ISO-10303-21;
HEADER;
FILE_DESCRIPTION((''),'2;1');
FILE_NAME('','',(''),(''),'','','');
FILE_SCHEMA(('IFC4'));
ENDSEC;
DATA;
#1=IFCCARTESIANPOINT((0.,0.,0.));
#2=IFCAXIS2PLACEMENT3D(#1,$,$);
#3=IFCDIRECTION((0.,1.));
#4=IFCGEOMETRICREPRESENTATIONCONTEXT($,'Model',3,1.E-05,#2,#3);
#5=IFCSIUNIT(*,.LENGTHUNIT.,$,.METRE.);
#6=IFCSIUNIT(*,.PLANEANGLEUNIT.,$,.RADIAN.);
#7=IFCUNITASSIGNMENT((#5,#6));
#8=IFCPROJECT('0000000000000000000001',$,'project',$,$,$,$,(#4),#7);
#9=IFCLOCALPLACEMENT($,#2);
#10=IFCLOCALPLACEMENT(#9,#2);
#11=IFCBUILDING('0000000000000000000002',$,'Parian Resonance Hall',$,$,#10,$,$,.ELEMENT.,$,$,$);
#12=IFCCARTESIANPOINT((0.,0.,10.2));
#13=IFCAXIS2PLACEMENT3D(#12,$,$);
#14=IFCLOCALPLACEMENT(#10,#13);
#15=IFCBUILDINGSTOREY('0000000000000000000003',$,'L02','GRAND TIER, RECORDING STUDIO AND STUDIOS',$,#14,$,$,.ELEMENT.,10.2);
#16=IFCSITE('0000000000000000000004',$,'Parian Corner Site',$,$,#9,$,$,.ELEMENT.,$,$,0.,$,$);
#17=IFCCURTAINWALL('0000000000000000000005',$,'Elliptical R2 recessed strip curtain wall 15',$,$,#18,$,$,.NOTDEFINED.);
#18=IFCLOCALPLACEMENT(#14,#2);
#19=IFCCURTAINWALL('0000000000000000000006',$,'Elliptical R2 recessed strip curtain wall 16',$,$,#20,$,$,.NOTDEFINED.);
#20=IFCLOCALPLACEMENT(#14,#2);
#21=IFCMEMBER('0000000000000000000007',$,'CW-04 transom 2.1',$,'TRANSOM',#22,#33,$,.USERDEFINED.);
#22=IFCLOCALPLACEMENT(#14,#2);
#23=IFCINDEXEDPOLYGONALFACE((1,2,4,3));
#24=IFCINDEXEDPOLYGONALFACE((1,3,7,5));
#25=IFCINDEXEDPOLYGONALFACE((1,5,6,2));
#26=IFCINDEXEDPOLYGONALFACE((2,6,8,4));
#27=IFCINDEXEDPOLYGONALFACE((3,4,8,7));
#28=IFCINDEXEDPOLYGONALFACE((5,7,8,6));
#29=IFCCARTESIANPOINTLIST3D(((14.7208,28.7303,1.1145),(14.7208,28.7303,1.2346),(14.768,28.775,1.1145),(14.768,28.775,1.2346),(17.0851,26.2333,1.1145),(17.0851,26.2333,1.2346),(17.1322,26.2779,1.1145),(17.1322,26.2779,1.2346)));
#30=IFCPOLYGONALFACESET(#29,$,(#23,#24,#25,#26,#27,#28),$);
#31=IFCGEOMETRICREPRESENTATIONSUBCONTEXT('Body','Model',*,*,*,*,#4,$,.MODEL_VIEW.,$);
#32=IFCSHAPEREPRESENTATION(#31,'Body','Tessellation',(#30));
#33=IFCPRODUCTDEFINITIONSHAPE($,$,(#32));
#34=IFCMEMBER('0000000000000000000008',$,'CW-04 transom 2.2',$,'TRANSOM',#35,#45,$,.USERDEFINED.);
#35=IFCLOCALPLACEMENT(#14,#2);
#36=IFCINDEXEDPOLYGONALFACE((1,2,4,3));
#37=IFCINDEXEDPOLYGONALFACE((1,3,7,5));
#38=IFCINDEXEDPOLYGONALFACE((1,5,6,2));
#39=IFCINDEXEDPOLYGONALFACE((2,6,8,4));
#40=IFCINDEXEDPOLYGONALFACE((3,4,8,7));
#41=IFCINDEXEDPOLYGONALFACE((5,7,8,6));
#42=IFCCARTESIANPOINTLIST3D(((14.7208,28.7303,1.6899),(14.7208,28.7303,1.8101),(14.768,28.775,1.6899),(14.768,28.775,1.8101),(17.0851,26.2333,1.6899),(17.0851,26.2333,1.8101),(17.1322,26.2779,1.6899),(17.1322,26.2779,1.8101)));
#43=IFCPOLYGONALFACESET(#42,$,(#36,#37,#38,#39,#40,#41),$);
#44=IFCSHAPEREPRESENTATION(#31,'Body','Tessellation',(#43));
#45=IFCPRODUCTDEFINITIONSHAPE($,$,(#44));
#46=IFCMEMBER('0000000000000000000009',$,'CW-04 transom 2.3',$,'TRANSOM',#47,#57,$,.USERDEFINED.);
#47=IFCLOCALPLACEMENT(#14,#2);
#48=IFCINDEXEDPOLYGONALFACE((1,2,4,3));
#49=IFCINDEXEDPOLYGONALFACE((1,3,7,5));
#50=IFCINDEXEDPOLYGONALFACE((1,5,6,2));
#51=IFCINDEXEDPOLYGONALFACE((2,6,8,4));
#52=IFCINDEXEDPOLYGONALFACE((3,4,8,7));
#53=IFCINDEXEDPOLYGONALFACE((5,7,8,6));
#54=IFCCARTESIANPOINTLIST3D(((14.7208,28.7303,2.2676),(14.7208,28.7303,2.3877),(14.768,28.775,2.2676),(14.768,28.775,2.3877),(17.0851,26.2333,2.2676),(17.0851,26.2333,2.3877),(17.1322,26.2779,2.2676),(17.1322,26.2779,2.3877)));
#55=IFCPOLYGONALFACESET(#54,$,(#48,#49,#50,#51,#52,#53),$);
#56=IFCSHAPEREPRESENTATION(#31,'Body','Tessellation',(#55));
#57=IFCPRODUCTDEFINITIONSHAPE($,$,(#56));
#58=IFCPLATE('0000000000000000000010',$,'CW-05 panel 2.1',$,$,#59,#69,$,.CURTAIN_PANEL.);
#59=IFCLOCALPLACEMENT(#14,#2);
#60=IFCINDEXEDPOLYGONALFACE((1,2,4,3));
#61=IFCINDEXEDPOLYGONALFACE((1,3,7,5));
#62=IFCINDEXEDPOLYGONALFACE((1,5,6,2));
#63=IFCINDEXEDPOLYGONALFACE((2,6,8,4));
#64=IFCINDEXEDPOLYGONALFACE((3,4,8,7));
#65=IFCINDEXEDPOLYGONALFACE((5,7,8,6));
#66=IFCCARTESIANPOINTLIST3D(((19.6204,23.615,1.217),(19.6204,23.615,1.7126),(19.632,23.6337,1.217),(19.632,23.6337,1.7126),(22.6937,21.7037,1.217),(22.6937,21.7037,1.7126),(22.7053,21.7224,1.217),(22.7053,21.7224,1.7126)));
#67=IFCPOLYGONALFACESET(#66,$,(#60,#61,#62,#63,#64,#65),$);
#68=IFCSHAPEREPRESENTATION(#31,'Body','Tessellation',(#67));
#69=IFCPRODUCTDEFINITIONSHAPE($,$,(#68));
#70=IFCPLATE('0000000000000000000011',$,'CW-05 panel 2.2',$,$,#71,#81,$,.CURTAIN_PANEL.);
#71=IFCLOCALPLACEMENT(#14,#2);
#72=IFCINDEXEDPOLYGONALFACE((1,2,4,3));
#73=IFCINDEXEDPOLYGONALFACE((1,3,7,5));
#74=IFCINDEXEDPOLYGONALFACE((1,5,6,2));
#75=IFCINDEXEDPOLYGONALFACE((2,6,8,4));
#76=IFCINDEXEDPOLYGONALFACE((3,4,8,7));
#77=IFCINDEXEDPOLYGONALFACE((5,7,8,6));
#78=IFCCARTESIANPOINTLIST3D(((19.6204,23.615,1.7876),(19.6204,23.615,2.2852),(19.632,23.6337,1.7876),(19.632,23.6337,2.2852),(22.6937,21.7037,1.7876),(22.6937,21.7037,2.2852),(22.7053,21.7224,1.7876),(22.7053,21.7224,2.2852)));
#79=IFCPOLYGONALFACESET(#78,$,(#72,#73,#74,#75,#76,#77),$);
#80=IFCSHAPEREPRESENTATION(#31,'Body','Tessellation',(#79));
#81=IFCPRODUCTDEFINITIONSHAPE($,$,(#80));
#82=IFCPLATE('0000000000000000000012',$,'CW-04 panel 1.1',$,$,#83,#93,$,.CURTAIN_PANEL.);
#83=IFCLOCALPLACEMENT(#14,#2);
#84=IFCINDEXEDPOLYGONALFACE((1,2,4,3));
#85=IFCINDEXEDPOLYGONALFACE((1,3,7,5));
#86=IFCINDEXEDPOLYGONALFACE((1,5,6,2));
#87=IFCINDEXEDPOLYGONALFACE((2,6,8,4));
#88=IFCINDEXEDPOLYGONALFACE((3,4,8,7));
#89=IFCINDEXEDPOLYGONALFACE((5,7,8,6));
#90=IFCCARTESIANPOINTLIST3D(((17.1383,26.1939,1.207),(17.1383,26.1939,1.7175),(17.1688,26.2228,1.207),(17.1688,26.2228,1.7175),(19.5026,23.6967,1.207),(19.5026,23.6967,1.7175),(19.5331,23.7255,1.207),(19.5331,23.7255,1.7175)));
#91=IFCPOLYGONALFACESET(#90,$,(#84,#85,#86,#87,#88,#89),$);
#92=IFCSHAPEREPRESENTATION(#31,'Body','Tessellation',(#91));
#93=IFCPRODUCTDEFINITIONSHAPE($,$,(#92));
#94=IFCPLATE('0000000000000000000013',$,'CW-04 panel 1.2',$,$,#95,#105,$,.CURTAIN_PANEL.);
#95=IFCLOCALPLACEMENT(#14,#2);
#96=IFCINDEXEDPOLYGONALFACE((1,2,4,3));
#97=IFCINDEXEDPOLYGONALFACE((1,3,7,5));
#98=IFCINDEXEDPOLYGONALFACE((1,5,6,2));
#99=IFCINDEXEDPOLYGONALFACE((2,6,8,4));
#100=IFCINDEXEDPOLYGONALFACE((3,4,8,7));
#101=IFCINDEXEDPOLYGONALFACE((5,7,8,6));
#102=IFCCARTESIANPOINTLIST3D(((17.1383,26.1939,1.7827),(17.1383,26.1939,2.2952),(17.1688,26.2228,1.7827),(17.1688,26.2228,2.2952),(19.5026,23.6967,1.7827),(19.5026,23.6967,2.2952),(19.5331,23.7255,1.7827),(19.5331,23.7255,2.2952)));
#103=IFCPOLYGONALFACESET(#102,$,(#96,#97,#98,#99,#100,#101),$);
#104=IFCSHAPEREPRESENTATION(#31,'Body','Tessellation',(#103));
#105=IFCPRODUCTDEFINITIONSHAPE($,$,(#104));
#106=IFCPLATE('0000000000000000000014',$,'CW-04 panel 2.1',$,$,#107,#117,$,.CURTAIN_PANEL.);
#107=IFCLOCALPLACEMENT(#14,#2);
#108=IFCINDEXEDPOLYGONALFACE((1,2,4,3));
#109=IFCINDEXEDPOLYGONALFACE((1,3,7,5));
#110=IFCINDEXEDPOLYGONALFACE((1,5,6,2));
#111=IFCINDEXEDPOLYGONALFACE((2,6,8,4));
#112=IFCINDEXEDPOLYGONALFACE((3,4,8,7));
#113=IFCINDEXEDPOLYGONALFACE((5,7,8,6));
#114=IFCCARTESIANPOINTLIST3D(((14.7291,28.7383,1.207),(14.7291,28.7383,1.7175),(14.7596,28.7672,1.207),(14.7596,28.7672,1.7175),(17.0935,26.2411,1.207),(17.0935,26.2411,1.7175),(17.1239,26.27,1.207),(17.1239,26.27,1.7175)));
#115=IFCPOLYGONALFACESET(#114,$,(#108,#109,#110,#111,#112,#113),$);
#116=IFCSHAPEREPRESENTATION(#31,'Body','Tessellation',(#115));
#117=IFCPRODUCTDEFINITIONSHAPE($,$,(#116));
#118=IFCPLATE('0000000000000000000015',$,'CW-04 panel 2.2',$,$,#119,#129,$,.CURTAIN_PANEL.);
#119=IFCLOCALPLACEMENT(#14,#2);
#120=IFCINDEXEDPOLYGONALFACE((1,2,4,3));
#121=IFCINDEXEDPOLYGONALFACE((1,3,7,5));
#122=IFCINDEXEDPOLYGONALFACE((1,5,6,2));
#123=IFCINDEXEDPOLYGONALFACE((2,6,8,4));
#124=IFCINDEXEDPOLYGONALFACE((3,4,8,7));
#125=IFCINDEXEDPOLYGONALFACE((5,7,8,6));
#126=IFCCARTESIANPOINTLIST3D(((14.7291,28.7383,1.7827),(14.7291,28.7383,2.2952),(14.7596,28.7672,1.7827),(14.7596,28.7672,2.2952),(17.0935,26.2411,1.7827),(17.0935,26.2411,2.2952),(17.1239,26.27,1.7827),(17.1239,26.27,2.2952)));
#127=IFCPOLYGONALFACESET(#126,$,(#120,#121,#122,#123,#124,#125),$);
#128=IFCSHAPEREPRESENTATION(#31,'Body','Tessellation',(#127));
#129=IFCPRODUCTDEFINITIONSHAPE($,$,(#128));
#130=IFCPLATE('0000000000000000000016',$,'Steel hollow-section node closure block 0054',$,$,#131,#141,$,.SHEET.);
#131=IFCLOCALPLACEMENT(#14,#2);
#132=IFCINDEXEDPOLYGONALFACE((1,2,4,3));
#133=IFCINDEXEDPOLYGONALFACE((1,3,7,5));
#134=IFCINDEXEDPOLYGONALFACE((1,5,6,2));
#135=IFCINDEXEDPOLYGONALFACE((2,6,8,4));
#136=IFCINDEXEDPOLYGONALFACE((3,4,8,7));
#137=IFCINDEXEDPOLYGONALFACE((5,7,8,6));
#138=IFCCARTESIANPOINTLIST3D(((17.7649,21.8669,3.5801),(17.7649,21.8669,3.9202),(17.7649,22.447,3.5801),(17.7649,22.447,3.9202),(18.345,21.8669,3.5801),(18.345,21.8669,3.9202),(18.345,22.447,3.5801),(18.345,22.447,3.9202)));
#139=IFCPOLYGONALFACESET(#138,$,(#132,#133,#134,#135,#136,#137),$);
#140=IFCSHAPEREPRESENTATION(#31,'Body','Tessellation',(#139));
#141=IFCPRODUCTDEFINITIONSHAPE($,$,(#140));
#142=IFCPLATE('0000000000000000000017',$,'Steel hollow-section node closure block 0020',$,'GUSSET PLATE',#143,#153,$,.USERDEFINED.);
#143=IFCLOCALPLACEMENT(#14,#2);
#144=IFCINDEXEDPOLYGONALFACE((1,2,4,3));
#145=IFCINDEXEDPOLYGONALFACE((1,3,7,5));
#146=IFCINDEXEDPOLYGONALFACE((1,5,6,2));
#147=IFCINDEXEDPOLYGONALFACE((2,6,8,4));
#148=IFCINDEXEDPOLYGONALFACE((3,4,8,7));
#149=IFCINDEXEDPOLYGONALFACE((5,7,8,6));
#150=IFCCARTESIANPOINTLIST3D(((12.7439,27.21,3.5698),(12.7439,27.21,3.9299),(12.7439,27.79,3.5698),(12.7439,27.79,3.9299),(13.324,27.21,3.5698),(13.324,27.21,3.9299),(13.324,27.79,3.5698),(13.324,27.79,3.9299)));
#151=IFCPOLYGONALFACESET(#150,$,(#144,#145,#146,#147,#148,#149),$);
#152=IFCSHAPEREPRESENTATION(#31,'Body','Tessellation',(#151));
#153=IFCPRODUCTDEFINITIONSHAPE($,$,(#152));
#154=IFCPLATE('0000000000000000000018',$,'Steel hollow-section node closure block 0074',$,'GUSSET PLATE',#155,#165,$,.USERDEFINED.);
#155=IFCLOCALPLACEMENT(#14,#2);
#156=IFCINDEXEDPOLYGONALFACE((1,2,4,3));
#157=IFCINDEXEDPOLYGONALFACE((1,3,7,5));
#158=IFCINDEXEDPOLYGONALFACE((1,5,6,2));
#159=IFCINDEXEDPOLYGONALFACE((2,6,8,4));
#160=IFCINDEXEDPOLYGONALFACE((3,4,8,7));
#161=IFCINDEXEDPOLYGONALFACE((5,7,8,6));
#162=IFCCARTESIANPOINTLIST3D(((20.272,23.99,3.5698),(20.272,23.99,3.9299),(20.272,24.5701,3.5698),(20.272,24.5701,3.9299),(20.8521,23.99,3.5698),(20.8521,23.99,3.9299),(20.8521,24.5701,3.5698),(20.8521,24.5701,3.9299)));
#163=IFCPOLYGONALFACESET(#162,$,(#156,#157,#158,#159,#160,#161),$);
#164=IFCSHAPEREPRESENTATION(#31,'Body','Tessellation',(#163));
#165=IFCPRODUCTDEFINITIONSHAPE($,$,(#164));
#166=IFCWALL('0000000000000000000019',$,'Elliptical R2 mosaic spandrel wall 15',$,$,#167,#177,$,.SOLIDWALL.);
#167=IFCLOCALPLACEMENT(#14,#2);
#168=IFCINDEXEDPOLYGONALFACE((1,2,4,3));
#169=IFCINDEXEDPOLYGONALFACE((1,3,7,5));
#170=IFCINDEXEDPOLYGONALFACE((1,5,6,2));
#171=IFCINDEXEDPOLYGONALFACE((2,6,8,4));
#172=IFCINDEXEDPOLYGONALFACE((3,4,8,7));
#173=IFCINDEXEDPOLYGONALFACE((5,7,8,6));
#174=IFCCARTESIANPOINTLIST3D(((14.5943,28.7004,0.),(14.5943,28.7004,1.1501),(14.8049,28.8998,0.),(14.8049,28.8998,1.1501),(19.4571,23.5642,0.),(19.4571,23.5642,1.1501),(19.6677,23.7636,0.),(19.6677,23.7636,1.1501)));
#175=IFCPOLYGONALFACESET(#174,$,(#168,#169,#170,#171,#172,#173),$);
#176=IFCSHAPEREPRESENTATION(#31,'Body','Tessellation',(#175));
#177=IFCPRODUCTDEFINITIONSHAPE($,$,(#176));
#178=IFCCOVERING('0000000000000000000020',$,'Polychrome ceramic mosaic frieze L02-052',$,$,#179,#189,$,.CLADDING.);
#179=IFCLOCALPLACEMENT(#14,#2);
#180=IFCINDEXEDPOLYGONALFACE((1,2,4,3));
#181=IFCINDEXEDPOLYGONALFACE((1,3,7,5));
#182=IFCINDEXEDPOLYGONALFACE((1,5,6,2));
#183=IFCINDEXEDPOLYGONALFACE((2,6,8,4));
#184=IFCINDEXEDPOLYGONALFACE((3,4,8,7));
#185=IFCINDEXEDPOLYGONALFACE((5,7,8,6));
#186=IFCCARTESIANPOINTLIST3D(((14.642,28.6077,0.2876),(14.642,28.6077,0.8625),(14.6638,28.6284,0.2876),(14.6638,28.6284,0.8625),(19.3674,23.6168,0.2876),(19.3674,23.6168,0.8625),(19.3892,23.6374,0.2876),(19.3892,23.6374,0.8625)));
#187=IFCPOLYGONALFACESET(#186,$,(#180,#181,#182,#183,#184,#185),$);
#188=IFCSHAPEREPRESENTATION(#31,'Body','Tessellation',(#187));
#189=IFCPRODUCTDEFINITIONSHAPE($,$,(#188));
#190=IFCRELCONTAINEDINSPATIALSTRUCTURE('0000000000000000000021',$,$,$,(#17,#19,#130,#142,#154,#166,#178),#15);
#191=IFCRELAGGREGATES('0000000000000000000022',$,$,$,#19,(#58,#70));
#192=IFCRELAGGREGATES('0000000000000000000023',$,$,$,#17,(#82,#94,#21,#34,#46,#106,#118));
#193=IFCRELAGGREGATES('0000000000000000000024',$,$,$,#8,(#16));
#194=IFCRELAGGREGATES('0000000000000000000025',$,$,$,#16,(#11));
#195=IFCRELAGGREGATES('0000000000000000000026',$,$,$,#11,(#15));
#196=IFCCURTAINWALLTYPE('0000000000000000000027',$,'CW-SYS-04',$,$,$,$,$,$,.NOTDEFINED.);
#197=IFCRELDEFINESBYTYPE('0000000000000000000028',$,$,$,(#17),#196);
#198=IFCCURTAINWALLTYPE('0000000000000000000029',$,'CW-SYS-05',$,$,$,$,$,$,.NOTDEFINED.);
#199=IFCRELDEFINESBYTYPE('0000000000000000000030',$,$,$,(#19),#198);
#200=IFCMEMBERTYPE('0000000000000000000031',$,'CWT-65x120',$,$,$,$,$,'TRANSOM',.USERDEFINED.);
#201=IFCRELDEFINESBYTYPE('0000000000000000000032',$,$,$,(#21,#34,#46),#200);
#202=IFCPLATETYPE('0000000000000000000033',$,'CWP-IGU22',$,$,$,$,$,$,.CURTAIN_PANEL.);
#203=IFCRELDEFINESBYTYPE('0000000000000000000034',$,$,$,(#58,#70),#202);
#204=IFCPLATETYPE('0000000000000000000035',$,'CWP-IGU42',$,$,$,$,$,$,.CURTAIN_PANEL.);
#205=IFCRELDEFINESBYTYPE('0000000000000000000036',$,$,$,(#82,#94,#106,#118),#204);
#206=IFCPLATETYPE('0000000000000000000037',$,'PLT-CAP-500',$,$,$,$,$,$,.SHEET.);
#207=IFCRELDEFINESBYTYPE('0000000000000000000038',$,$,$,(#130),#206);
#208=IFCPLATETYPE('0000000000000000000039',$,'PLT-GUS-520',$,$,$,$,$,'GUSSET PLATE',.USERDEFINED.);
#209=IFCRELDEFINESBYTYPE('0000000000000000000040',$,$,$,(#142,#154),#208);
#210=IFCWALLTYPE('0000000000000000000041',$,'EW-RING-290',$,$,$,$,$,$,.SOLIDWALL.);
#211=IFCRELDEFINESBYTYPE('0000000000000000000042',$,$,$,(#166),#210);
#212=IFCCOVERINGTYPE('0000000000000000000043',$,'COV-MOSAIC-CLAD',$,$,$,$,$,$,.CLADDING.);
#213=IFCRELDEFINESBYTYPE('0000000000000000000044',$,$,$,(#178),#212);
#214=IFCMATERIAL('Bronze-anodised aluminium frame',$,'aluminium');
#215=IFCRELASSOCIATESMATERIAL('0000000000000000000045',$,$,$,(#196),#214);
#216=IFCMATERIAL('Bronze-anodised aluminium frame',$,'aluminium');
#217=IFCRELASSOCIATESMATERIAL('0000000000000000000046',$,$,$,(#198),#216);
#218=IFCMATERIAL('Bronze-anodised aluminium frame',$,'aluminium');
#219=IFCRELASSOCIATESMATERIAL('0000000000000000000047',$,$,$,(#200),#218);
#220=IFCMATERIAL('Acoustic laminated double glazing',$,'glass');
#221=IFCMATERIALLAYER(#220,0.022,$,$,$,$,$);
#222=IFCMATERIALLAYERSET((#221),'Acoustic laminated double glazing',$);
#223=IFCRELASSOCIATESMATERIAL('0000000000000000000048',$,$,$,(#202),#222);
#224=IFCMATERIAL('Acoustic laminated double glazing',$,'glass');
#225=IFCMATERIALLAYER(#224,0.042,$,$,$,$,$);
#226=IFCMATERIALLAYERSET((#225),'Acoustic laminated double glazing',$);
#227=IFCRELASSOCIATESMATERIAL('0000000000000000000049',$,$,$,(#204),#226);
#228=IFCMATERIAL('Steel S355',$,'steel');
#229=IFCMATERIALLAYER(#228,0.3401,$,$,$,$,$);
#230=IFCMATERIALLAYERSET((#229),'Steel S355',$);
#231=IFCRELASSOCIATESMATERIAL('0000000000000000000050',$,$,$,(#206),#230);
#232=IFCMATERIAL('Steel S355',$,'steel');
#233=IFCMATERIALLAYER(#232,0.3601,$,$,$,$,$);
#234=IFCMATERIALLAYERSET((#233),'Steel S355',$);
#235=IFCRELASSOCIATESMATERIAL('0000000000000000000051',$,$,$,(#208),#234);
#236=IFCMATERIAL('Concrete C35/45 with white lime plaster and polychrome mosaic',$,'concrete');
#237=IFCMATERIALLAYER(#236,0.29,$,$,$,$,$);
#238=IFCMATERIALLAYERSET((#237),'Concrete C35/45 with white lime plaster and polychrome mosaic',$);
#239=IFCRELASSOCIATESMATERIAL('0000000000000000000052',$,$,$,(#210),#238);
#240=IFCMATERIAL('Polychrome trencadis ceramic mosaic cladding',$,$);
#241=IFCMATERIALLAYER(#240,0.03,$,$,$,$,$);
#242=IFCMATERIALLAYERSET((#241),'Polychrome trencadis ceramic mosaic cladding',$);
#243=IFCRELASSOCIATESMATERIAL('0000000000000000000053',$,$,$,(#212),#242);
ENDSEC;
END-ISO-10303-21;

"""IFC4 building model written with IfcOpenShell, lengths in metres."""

from ifc_helpers import new_model, si_unit, direction, frame, frame_2d, origin, origin_2d, place, context, subcontext, project, spatial, rectangle, extrude, material, layer, layer_set, material_profile, profile_set, type_object, element, aggregate, save


model = new_model("IFC4")

# Units and contexts
model_context = context("Model", 3, precision=1e-05, world=origin(), true_north=direction((0.0, 1.0)))
body_context = subcontext(model_context, "Body", "Model", "MODEL_VIEW")
ifc_project = project(units=[si_unit("LENGTHUNIT", "METRE"), si_unit("PLANEANGLEUNIT", "RADIAN")], contexts=[model_context])

# Site, building, storey
site_placement = place(None, origin())
site = spatial("IfcSite", under=ifc_project, at=site_placement, Name="Parian Corner Site", CompositionType="ELEMENT", RefElevation=0.0)
building_placement = place(site_placement, origin())
building = spatial("IfcBuilding", under=site, at=building_placement, Name="Parian Resonance Hall", CompositionType="ELEMENT")
storey_placement = place(building_placement, frame((0.0, 0.0, 10.2)))
storey = spatial("IfcBuildingStorey", under=building, at=storey_placement, Name="L02", Description="GRAND TIER, RECORDING STUDIO AND STUDIOS", CompositionType="ELEMENT", Elevation=10.2)

# Curtain wall
ifc_material_1 = material(Name="Bronze-anodised aluminium frame", Category="aluminium")
curtain_wall_type_1 = type_object("IfcCurtainWallType", Name="CW-SYS-04", PredefinedType="NOTDEFINED", material=ifc_material_1)
curtain_wall_1_placement = place(storey_placement, origin())
curtain_wall_1 = element("IfcCurtainWall", 1, at=curtain_wall_1_placement, inside=storey, type_object=curtain_wall_type_1, Name="Elliptical R2 recessed strip curtain wall 15", PredefinedType="NOTDEFINED")

# Curtain wall
ifc_material_2 = material(Name="Bronze-anodised aluminium frame", Category="aluminium")
curtain_wall_type_2 = type_object("IfcCurtainWallType", Name="CW-SYS-05", PredefinedType="NOTDEFINED", material=ifc_material_2)
curtain_wall_2_placement = place(storey_placement, origin())
curtain_wall_2 = element("IfcCurtainWall", 2, at=curtain_wall_2_placement, inside=storey, type_object=curtain_wall_type_2, Name="Elliptical R2 recessed strip curtain wall 16", PredefinedType="NOTDEFINED")

# Members
ifc_material_3 = material(Name="Bronze-anodised aluminium frame", Category="aluminium")
ifc_material_profile_1 = material_profile(ifc_material_3, rectangle(XDim=0.0649, YDim=0.1201, at=origin_2d()), Name="CWT-65x120")
ifc_profile_set_1 = profile_set([ifc_material_profile_1], Name="Bronze-anodised aluminium frame")
member_type_1 = type_object("IfcMemberType", Name="CWT-65x120", ElementType="TRANSOM", PredefinedType="USERDEFINED", material=ifc_profile_set_1)
member_1_placement = place(storey_placement, frame((17.1086, 26.2556, 1.1746), z_axis=(-0.687532, 0.726154, 0.0), x_axis=(-0.726154, -0.687532, 0.0)))
member_1 = element("IfcMember", 3, at=member_1_placement, type_object=member_type_1, Name="CW-04 transom 2.1", ObjectType="TRANSOM", PredefinedType="USERDEFINED", context=body_context, shape_type="SweptSolid", body=[
    extrude(rectangle(XDim=0.0649, YDim=0.1201, at=origin_2d()), origin(), (0.0, 0.0, 1.0), 3.4387),
])
member_2_placement = place(storey_placement, frame((17.1086, 26.2556, 1.75), z_axis=(-0.687532, 0.726154, 0.0), x_axis=(-0.726154, -0.687532, 0.0)))
member_2 = element("IfcMember", 4, at=member_2_placement, type_object=member_type_1, Name="CW-04 transom 2.2", ObjectType="TRANSOM", PredefinedType="USERDEFINED", context=body_context, shape_type="SweptSolid", body=[
    extrude(rectangle(XDim=0.0649, YDim=0.1201, at=origin_2d()), origin(), (0.0, 0.0, 1.0), 3.4387),
])
member_3_placement = place(storey_placement, frame((17.1086, 26.2556, 2.3276), z_axis=(-0.687532, 0.726154, 0.0), x_axis=(-0.726154, -0.687532, 0.0)))
member_3 = element("IfcMember", 5, at=member_3_placement, type_object=member_type_1, Name="CW-04 transom 2.3", ObjectType="TRANSOM", PredefinedType="USERDEFINED", context=body_context, shape_type="SweptSolid", body=[
    extrude(rectangle(XDim=0.0649, YDim=0.1201, at=origin_2d()), origin(), (0.0, 0.0, 1.0), 3.4387),
])

# Plates
ifc_material_4 = material(Name="Acoustic laminated double glazing", Category="glass")
ifc_layer_1 = layer(ifc_material_4, 0.022)
ifc_layer_set_1 = layer_set([ifc_layer_1], Name="Acoustic laminated double glazing")
plate_type_1 = type_object("IfcPlateType", Name="CWP-IGU22", PredefinedType="CURTAIN_PANEL", material=ifc_layer_set_1)
plate_1_placement = place(storey_placement, frame((21.1628, 22.6687, 1.217), z_axis=(0.0, 0.0, 1.0), x_axis=(-0.849185, 0.528096, 0.0)))
plate_1 = element("IfcPlate", 6, at=plate_1_placement, type_object=plate_type_1, Name="CW-05 panel 2.1", PredefinedType="CURTAIN_PANEL", context=body_context, shape_type="SweptSolid", body=[
    extrude(rectangle(XDim=3.6191, YDim=0.022, at=origin_2d()), origin(), (0.0, 0.0, 1.0), 0.4956),
])
plate_2_placement = place(storey_placement, frame((21.1628, 22.6687, 1.7876), z_axis=(0.0, 0.0, 1.0), x_axis=(-0.849185, 0.528096, 0.0)))
plate_2 = element("IfcPlate", 7, at=plate_2_placement, type_object=plate_type_1, Name="CW-05 panel 2.2", PredefinedType="CURTAIN_PANEL", context=body_context, shape_type="SweptSolid", body=[
    extrude(rectangle(XDim=3.6191, YDim=0.022, at=origin_2d()), origin(), (0.0, 0.0, 1.0), 0.4976),
])
aggregate(curtain_wall_2, [plate_1, plate_2])
ifc_material_5 = material(Name="Acoustic laminated double glazing", Category="glass")
ifc_layer_2 = layer(ifc_material_5, 0.042)
ifc_layer_set_2 = layer_set([ifc_layer_2], Name="Acoustic laminated double glazing")
plate_type_2 = type_object("IfcPlateType", Name="CWP-IGU42", PredefinedType="CURTAIN_PANEL", material=ifc_layer_set_2)
plate_3_placement = place(storey_placement, frame((18.3357, 24.9597, 1.207), z_axis=(0.0, 0.0, 1.0), x_axis=(-0.687523, 0.726163, 0.0)))
plate_3 = element("IfcPlate", 8, at=plate_3_placement, type_object=plate_type_2, Name="CW-04 panel 1.1", PredefinedType="CURTAIN_PANEL", context=body_context, shape_type="SweptSolid", body=[
    extrude(rectangle(XDim=3.439, YDim=0.042, at=origin_2d()), origin(), (0.0, 0.0, 1.0), 0.5105),
])
plate_4_placement = place(storey_placement, frame((18.3357, 24.9597, 1.7827), z_axis=(0.0, 0.0, 1.0), x_axis=(-0.687523, 0.726163, 0.0)))
plate_4 = element("IfcPlate", 9, at=plate_4_placement, type_object=plate_type_2, Name="CW-04 panel 1.2", PredefinedType="CURTAIN_PANEL", context=body_context, shape_type="SweptSolid", body=[
    extrude(rectangle(XDim=3.439, YDim=0.042, at=origin_2d()), origin(), (0.0, 0.0, 1.0), 0.5125),
])
plate_5_placement = place(storey_placement, frame((15.9265, 27.5042, 1.207), z_axis=(0.0, 0.0, 1.0), x_axis=(-0.687523, 0.726163, 0.0)))
plate_5 = element("IfcPlate", 10, at=plate_5_placement, type_object=plate_type_2, Name="CW-04 panel 2.1", PredefinedType="CURTAIN_PANEL", context=body_context, shape_type="SweptSolid", body=[
    extrude(rectangle(XDim=3.439, YDim=0.042, at=origin_2d()), origin(), (0.0, 0.0, 1.0), 0.5105),
])
plate_6_placement = place(storey_placement, frame((15.9265, 27.5042, 1.7827), z_axis=(0.0, 0.0, 1.0), x_axis=(-0.687523, 0.726163, 0.0)))
plate_6 = element("IfcPlate", 11, at=plate_6_placement, type_object=plate_type_2, Name="CW-04 panel 2.2", PredefinedType="CURTAIN_PANEL", context=body_context, shape_type="SweptSolid", body=[
    extrude(rectangle(XDim=3.439, YDim=0.042, at=origin_2d()), origin(), (0.0, 0.0, 1.0), 0.5125),
])
aggregate(curtain_wall_1, [plate_3, plate_4, member_1, member_2, member_3, plate_5, plate_6])

# Plates
ifc_material_6 = material(Name="Steel S355", Category="steel")
ifc_layer_3 = layer(ifc_material_6, 0.3401)
ifc_layer_set_3 = layer_set([ifc_layer_3], Name="Steel S355")
plate_type_3 = type_object("IfcPlateType", Name="PLT-CAP-500", PredefinedType="SHEET", material=ifc_layer_set_3)
plate_7_placement = place(storey_placement, frame((18.0549, 22.157, 3.5801), z_axis=(0.0, 0.0, 1.0), x_axis=(1.0, 0.0, 0.0)))
element("IfcPlate", 12, at=plate_7_placement, inside=storey, type_object=plate_type_3, Name="Steel hollow-section node closure block 0054", PredefinedType="SHEET", context=body_context, shape_type="SweptSolid", body=[
    extrude(rectangle(XDim=0.5801, YDim=0.5801, at=origin_2d()), origin(), (0.0, 0.0, 1.0), 0.3401),
])
ifc_material_7 = material(Name="Steel S355", Category="steel")
ifc_layer_4 = layer(ifc_material_7, 0.3601)
ifc_layer_set_4 = layer_set([ifc_layer_4], Name="Steel S355")
plate_type_4 = type_object("IfcPlateType", Name="PLT-GUS-520", ElementType="GUSSET PLATE", PredefinedType="USERDEFINED", material=ifc_layer_set_4)
for number, where, z_axis, x_axis, name in (
    (13, (13.0339, 27.5, 3.5698), (0.0, 0.0, 1.0), (1.0, 0.0, 0.0), "Steel hollow-section node closure block 0020"),
    (14, (20.562, 24.28, 3.5698), (0.0, 0.0, 1.0), (1.0, 0.0, 0.0), "Steel hollow-section node closure block 0074"),
):
    element("IfcPlate", number, at=place(storey_placement, frame(where, z_axis=z_axis, x_axis=x_axis)), inside=storey, type_object=plate_type_4, Name=name, ObjectType="GUSSET PLATE", PredefinedType="USERDEFINED", context=body_context, shape_type="SweptSolid", body=[
        extrude(rectangle(XDim=0.5801, YDim=0.5801, at=origin_2d()), origin(), (0.0, 0.0, 1.0), 0.3601),
    ])

# Wall
ifc_material_8 = material(Name="Concrete C35/45 with white lime plaster and polychrome mosaic", Category="concrete")
ifc_layer_5 = layer(ifc_material_8, 0.29)
ifc_layer_set_5 = layer_set([ifc_layer_5], Name="Concrete C35/45 with white lime plaster and polychrome mosaic")
wall_type = type_object("IfcWallType", Name="EW-RING-290", PredefinedType="SOLIDWALL", material=ifc_layer_set_5)
wall_placement = place(storey_placement, frame((19.5625, 23.6638, 0.0), z_axis=(0.0, 0.0, 1.0), x_axis=(-0.687513, 0.726172, 0.0)))
element("IfcWall", 15, at=wall_placement, inside=storey, type_object=wall_type, Name="Elliptical R2 mosaic spandrel wall 15", PredefinedType="SOLIDWALL", context=body_context, shape_type="SweptSolid", body=[
    extrude(rectangle(XDim=7.073, YDim=0.29, at=frame_2d((3.5366, 0.0))), origin(), (0.0, 0.0, 1.0), 1.1501),
])

# Covering
ifc_material_9 = material(Name="Polychrome trencadis ceramic mosaic cladding")
ifc_layer_6 = layer(ifc_material_9, 0.03)
ifc_layer_set_6 = layer_set([ifc_layer_6], Name="Polychrome trencadis ceramic mosaic cladding")
covering_type = type_object("IfcCoveringType", Name="COV-MOSAIC-CLAD", PredefinedType="CLADDING", material=ifc_layer_set_6)
covering_1_placement = place(storey_placement, frame((17.0156, 26.1226, 0.2876), z_axis=(0.0, 0.0, 1.0), x_axis=(-0.687524, 0.726162, 0.0)))
element("IfcCovering", 16, at=covering_1_placement, inside=storey, type_object=covering_type, Name="Polychrome ceramic mosaic frieze L02-052", PredefinedType="CLADDING", context=body_context, shape_type="SweptSolid", body=[
    extrude(rectangle(XDim=6.873, YDim=0.03, at=origin_2d()), origin(), (0.0, 0.0, 1.0), 0.575),
])

save(model, "model.ifc")
